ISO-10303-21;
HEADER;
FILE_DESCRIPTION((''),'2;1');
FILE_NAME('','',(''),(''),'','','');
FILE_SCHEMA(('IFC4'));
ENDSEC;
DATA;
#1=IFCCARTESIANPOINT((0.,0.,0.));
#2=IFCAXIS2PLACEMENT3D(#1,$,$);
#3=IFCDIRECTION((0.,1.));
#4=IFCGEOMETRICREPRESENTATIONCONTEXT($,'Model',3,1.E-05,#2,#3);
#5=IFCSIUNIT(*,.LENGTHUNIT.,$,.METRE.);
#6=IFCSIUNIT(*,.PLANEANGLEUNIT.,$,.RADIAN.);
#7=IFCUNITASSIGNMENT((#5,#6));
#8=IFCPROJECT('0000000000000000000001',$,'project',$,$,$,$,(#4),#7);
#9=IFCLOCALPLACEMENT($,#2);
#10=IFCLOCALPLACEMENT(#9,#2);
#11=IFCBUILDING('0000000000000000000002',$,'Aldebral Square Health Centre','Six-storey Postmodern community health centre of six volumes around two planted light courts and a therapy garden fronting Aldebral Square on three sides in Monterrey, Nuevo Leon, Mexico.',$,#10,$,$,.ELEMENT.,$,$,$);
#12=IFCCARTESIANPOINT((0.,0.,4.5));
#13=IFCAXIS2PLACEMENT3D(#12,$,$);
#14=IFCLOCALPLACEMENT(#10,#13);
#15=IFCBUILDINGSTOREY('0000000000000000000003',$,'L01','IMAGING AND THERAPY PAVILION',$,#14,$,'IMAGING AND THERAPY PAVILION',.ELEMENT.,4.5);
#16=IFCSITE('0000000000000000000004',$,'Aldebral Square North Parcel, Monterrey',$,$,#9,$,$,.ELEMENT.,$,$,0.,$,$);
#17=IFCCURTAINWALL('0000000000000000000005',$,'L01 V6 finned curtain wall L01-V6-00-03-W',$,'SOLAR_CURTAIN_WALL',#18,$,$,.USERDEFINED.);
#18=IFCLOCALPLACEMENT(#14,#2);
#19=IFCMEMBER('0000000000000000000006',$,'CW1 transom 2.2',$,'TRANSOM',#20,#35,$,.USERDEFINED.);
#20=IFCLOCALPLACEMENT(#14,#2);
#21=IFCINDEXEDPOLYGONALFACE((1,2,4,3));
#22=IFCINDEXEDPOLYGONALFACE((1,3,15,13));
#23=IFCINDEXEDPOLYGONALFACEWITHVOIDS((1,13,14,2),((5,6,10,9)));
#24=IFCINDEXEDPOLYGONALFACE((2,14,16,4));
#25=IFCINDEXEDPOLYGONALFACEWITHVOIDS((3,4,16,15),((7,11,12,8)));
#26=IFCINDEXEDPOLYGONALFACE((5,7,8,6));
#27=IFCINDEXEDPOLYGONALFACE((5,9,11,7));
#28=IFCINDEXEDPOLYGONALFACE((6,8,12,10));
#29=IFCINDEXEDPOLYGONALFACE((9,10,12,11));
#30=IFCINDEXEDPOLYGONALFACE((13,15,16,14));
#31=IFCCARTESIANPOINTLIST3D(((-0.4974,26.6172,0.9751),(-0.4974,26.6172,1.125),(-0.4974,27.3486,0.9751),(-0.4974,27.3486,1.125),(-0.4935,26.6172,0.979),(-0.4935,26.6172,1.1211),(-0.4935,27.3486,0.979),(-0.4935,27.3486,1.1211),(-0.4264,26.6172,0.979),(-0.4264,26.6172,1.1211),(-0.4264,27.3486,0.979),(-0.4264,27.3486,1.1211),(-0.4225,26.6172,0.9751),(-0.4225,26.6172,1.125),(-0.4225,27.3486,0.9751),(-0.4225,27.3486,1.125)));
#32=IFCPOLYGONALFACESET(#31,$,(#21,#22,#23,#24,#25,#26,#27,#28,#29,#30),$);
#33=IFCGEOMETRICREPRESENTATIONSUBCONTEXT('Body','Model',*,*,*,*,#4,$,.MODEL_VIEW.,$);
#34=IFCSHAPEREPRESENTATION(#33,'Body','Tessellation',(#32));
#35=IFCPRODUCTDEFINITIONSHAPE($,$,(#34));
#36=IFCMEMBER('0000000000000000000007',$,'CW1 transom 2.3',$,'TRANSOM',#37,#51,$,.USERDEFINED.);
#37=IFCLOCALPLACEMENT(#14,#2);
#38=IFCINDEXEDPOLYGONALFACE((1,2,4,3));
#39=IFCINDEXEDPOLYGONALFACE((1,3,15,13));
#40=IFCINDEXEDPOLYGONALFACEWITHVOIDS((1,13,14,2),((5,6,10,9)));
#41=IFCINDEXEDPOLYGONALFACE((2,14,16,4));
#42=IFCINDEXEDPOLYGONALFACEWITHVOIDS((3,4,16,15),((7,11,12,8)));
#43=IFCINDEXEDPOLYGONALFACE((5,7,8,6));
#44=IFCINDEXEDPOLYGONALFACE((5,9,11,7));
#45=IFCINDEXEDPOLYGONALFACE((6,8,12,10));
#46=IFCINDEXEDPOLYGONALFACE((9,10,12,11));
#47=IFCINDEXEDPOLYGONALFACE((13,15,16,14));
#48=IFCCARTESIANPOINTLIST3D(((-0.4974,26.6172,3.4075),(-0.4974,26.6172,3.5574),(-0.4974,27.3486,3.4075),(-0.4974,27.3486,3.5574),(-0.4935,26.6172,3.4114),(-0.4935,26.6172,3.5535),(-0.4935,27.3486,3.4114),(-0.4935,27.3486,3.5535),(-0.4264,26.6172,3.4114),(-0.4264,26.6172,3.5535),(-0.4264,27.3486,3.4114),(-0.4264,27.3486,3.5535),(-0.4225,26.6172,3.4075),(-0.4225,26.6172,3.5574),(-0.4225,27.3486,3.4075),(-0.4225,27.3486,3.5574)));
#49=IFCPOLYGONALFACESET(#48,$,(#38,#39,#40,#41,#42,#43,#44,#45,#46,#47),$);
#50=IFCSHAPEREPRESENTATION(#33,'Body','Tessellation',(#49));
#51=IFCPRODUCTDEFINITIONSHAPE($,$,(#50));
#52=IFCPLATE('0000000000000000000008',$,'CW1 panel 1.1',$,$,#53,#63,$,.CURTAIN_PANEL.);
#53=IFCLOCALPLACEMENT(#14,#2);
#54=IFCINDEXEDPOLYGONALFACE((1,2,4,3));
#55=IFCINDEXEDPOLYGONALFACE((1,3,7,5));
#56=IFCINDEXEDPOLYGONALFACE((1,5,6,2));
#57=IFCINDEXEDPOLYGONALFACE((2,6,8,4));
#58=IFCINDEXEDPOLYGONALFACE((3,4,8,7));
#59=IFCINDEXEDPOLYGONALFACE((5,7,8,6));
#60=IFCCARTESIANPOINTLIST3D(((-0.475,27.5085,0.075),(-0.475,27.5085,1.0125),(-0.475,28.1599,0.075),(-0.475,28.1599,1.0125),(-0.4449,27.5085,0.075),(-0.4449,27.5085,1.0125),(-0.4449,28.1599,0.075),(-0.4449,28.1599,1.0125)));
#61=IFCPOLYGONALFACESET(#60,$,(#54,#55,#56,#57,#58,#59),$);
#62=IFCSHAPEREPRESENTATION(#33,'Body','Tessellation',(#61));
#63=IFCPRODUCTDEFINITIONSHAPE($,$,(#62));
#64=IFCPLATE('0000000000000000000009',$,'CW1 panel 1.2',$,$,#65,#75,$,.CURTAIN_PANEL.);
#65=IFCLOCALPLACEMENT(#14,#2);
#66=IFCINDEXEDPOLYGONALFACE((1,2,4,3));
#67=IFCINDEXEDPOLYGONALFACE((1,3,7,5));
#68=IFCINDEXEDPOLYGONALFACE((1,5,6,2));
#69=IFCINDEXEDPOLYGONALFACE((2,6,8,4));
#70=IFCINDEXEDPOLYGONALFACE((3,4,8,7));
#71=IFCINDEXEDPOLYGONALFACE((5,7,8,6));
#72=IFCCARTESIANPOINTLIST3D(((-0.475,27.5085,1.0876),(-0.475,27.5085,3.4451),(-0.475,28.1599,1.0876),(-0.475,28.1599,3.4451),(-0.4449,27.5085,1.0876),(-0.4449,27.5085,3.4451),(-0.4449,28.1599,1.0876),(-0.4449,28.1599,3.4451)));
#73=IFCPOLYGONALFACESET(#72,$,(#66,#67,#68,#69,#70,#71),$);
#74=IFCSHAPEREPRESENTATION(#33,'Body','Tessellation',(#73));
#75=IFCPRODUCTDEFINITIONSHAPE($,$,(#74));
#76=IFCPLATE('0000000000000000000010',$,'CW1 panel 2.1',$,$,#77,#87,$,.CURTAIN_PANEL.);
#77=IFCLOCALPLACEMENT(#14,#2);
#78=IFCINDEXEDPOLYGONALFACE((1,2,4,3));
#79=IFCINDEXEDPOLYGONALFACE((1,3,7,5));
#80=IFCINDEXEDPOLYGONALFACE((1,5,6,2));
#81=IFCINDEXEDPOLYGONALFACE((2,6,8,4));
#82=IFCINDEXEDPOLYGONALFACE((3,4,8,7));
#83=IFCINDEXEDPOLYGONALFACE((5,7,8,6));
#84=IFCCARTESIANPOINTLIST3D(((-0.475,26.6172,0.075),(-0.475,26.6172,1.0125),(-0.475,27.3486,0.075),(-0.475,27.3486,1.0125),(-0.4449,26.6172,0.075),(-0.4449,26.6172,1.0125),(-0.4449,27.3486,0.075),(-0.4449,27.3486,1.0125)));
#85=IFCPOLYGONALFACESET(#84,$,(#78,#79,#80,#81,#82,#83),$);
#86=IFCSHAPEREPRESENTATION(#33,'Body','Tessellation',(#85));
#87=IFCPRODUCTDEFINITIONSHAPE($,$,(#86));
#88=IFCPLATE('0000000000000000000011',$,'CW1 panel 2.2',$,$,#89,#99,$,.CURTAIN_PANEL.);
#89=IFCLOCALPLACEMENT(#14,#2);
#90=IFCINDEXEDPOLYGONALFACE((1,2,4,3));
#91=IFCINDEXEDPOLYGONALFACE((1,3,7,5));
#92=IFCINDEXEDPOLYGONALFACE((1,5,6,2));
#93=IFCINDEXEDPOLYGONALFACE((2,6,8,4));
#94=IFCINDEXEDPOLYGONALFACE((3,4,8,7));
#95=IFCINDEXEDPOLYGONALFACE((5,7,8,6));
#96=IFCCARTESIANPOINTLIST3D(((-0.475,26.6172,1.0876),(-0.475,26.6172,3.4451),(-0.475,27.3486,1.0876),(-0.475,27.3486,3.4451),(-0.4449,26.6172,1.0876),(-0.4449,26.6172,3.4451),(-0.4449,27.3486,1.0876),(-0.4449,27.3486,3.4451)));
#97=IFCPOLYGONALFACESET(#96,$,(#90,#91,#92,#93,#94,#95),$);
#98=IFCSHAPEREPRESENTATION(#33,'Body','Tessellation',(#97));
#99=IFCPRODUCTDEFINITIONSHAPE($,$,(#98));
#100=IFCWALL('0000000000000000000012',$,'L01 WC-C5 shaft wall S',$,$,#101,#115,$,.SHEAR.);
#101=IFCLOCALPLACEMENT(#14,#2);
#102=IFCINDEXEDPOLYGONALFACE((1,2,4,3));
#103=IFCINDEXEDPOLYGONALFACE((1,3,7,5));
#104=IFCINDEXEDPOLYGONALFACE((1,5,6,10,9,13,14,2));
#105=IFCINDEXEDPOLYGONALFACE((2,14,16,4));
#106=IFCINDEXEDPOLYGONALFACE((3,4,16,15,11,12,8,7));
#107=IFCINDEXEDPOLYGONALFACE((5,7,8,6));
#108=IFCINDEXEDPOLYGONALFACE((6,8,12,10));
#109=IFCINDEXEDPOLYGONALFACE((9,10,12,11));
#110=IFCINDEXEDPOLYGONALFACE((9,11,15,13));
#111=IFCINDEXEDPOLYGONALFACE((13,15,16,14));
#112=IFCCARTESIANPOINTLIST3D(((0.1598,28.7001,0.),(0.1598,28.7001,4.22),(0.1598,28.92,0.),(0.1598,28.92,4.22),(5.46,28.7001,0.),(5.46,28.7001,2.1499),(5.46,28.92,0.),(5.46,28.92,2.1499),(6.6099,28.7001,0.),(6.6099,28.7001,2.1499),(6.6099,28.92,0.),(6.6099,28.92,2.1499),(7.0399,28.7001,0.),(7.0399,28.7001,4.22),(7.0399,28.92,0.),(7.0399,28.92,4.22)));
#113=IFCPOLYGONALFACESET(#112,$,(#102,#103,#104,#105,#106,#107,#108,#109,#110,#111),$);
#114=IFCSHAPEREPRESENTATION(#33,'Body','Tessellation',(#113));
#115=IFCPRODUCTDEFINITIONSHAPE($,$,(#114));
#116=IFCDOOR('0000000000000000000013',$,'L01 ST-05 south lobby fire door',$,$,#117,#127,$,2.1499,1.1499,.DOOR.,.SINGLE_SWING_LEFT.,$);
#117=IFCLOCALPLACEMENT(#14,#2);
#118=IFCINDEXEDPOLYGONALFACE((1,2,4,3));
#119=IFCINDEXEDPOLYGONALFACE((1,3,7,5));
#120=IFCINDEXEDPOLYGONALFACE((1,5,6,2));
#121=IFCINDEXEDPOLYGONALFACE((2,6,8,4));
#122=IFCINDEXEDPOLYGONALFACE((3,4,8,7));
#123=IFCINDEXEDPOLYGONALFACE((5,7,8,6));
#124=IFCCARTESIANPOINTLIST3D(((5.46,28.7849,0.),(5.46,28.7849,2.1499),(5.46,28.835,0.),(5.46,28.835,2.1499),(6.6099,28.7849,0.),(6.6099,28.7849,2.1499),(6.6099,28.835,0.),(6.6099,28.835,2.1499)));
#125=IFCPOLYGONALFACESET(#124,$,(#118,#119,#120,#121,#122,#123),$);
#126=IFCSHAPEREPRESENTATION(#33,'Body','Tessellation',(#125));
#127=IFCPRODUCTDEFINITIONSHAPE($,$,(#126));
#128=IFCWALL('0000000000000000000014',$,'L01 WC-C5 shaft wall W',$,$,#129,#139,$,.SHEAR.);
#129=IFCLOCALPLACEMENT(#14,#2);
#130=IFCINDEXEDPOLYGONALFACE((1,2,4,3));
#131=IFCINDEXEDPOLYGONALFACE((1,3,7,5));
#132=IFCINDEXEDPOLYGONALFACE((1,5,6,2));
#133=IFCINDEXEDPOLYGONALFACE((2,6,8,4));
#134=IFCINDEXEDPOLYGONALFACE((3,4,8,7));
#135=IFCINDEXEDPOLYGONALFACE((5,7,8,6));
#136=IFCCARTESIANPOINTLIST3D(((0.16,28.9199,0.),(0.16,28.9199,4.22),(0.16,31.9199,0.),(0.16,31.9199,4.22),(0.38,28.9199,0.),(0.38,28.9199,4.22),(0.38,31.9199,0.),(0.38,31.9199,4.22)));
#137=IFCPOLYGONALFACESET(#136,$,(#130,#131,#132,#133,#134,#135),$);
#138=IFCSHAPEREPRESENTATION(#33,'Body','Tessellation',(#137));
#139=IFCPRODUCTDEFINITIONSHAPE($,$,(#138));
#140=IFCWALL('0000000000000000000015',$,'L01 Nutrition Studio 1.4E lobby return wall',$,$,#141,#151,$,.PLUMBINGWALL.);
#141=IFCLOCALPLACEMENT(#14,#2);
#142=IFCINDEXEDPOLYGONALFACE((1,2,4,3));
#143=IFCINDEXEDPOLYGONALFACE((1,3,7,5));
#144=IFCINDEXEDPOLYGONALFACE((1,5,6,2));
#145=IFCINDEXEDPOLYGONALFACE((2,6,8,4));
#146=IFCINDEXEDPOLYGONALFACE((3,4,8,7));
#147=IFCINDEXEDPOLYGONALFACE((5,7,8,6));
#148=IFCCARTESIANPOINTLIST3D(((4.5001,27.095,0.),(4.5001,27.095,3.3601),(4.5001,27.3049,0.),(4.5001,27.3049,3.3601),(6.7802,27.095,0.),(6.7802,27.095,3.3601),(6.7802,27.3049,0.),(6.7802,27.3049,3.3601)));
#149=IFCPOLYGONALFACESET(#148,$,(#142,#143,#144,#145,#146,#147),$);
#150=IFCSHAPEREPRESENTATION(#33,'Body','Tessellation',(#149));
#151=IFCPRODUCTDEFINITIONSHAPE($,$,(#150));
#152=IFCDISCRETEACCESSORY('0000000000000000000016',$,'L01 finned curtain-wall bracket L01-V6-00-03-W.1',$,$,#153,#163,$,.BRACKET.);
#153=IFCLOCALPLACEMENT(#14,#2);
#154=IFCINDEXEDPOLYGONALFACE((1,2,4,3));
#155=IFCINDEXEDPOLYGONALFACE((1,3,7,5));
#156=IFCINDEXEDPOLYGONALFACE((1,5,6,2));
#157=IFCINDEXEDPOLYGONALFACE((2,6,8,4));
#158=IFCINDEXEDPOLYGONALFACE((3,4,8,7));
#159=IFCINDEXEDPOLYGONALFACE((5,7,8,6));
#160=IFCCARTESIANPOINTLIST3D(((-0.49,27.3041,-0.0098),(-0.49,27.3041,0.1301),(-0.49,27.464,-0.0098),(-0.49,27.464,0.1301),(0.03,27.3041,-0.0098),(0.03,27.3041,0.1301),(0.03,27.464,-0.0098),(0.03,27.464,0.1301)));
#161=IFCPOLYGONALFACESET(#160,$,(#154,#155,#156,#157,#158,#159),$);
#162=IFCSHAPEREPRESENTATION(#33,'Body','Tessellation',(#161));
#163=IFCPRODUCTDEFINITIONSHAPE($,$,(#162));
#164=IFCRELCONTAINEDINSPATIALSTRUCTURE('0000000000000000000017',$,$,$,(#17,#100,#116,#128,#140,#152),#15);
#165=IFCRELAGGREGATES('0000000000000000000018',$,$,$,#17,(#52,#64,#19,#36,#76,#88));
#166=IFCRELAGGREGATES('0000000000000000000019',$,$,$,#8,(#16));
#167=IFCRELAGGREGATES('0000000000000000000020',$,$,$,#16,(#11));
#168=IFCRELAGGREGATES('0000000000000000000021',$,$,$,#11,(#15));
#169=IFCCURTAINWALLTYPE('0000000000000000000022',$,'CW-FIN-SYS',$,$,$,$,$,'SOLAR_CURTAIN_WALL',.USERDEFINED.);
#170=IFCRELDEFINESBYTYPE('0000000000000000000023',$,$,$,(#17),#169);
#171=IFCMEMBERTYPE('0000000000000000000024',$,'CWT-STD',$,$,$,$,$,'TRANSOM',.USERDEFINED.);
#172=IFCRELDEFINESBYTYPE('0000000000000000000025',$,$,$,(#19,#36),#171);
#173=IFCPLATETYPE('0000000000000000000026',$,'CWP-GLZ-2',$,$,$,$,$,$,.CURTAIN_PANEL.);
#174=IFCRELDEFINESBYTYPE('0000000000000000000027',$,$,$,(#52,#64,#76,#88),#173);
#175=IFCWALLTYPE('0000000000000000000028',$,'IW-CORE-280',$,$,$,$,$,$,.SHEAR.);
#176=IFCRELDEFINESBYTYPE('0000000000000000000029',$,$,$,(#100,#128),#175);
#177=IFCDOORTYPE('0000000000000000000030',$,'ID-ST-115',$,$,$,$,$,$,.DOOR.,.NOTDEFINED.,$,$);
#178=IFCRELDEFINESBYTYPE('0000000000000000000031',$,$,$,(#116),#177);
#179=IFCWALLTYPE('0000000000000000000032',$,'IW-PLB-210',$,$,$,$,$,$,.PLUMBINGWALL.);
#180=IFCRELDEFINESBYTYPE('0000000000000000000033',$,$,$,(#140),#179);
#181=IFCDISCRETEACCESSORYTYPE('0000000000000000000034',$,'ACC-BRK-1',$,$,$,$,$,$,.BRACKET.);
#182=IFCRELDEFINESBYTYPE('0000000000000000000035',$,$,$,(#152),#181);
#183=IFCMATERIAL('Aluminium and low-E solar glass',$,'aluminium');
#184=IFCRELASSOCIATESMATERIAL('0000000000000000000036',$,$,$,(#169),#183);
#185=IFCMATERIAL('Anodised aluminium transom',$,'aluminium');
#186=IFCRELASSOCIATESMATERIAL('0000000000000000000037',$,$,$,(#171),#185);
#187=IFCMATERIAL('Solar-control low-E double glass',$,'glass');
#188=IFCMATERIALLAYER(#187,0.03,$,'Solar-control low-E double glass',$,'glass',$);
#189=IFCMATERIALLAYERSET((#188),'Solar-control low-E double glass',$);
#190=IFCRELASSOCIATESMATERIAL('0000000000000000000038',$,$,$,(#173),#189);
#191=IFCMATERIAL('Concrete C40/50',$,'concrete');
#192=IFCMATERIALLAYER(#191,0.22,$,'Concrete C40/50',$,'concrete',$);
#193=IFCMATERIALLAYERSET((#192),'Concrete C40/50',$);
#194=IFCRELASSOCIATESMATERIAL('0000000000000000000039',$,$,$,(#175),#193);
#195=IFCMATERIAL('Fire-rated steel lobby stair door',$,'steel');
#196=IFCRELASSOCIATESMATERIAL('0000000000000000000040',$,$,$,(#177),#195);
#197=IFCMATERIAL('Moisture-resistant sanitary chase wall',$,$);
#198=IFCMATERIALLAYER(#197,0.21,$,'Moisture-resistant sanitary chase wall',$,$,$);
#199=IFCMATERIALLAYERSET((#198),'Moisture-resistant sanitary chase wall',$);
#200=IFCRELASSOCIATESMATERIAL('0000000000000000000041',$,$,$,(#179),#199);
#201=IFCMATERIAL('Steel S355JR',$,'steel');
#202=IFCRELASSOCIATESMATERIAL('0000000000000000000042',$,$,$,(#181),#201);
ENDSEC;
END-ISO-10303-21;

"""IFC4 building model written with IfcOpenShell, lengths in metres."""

from ifc_helpers import new_model, si_unit, direction, frame, frame_2d, origin, origin_2d, place, context, subcontext, project, spatial, rectangle, hollow_rectangle, extrude, material, layer, layer_set, material_profile, profile_set, type_object, element, fill, aggregate, save


model = new_model("IFC4")

# Units and contexts
model_context = context("Model", 3, precision=1e-05, world=origin(), true_north=direction((0.0, 1.0)))
body_context = subcontext(model_context, "Body", "Model", "MODEL_VIEW")
ifc_project = project(units=[si_unit("LENGTHUNIT", "METRE"), si_unit("PLANEANGLEUNIT", "RADIAN")], contexts=[model_context])

# Site, building, storey
site_placement = place(None, origin())
site = spatial("IfcSite", under=ifc_project, at=site_placement, Name="Aldebral Square North Parcel, Monterrey", CompositionType="ELEMENT", RefElevation=0.0)
building_placement = place(site_placement, origin())
building = spatial("IfcBuilding", under=site, at=building_placement, Name="Aldebral Square Health Centre", Description="Six-storey Postmodern community health centre of six volumes around two planted light courts and a therapy garden fronting Aldebral Square on three sides in Monterrey, Nuevo Leon, Mexico.", CompositionType="ELEMENT")
storey_placement = place(building_placement, frame((0.0, 0.0, 4.5)))
storey = spatial("IfcBuildingStorey", under=building, at=storey_placement, Name="L01", Description="IMAGING AND THERAPY PAVILION", LongName="IMAGING AND THERAPY PAVILION", CompositionType="ELEMENT", Elevation=4.5)

# Shared definitions
ifc_material_1 = material(Name="Concrete C40/50", Category="concrete")

# Curtain wall, members, plates
ifc_material_2 = material(Name="Aluminium and low-E solar glass", Category="aluminium")
curtain_wall_type = type_object("IfcCurtainWallType", Name="CW-FIN-SYS", ElementType="SOLAR_CURTAIN_WALL", PredefinedType="USERDEFINED", material=ifc_material_2)
curtain_wall_placement = place(storey_placement, origin())
curtain_wall = element("IfcCurtainWall", 1, at=curtain_wall_placement, inside=storey, type_object=curtain_wall_type, Name="L01 V6 finned curtain wall L01-V6-00-03-W", ObjectType="SOLAR_CURTAIN_WALL", PredefinedType="USERDEFINED")
ifc_material_3 = material(Name="Anodised aluminium transom", Category="aluminium")
ifc_material_profile_1 = material_profile(ifc_material_3, hollow_rectangle(XDim=0.075, YDim=0.1499, WallThickness=0.0039, at=origin_2d()), Name="CWT 75x150x4")
ifc_profile_set_1 = profile_set([ifc_material_profile_1], Name="Anodised aluminium transom")
member_type_1 = type_object("IfcMemberType", Name="CWT-STD", ElementType="TRANSOM", PredefinedType="USERDEFINED", material=ifc_profile_set_1)
member_1_placement = place(storey_placement, frame((-0.46, 27.3486, 1.05), z_axis=(0.0, -1.0, 0.0), x_axis=(1.0, 0.0, 0.0)))
member_1 = element("IfcMember", 2, at=member_1_placement, type_object=member_type_1, Name="CW1 transom 2.2", ObjectType="TRANSOM", PredefinedType="USERDEFINED", context=body_context, shape_type="SweptSolid", body=[
    extrude(hollow_rectangle(XDim=0.075, YDim=0.1499, WallThickness=0.0039, at=origin_2d()), origin(), (0.0, 0.0, 1.0), 0.7314),
])
member_2_placement = place(storey_placement, frame((-0.46, 27.3486, 3.4824), z_axis=(0.0, -1.0, 0.0), x_axis=(1.0, 0.0, 0.0)))
member_2 = element("IfcMember", 3, at=member_2_placement, type_object=member_type_1, Name="CW1 transom 2.3", ObjectType="TRANSOM", PredefinedType="USERDEFINED", context=body_context, shape_type="SweptSolid", body=[
    extrude(hollow_rectangle(XDim=0.075, YDim=0.1499, WallThickness=0.0039, at=origin_2d()), origin(), (0.0, 0.0, 1.0), 0.7314),
])
ifc_material_4 = material(Name="Solar-control low-E double glass", Category="glass")
ifc_layer_1 = layer(ifc_material_4, 0.03, Name="Solar-control low-E double glass", Category="glass")
ifc_layer_set_1 = layer_set([ifc_layer_1], Name="Solar-control low-E double glass")
plate_type = type_object("IfcPlateType", Name="CWP-GLZ-2", PredefinedType="CURTAIN_PANEL", material=ifc_layer_set_1)
plate_1_placement = place(storey_placement, frame((-0.46, 27.8342, 0.075), z_axis=(0.0, 0.0, 1.0), x_axis=(0.0, -1.0, 0.0)))
plate_1 = element("IfcPlate", 4, at=plate_1_placement, type_object=plate_type, Name="CW1 panel 1.1", PredefinedType="CURTAIN_PANEL", context=body_context, shape_type="SweptSolid", body=[
    extrude(rectangle(XDim=0.6514, YDim=0.03, at=origin_2d()), origin(), (0.0, 0.0, 1.0), 0.9375),
])
plate_2_placement = place(storey_placement, frame((-0.46, 27.8342, 1.0876), z_axis=(0.0, 0.0, 1.0), x_axis=(0.0, -1.0, 0.0)))
plate_2 = element("IfcPlate", 5, at=plate_2_placement, type_object=plate_type, Name="CW1 panel 1.2", PredefinedType="CURTAIN_PANEL", context=body_context, shape_type="SweptSolid", body=[
    extrude(rectangle(XDim=0.6514, YDim=0.03, at=origin_2d()), origin(), (0.0, 0.0, 1.0), 2.3574),
])
plate_3_placement = place(storey_placement, frame((-0.46, 26.9829, 0.075), z_axis=(0.0, 0.0, 1.0), x_axis=(0.0, -1.0, 0.0)))
plate_3 = element("IfcPlate", 6, at=plate_3_placement, type_object=plate_type, Name="CW1 panel 2.1", PredefinedType="CURTAIN_PANEL", context=body_context, shape_type="SweptSolid", body=[
    extrude(rectangle(XDim=0.7314, YDim=0.03, at=origin_2d()), origin(), (0.0, 0.0, 1.0), 0.9375),
])
plate_4_placement = place(storey_placement, frame((-0.46, 26.9829, 1.0876), z_axis=(0.0, 0.0, 1.0), x_axis=(0.0, -1.0, 0.0)))
plate_4 = element("IfcPlate", 7, at=plate_4_placement, type_object=plate_type, Name="CW1 panel 2.2", PredefinedType="CURTAIN_PANEL", context=body_context, shape_type="SweptSolid", body=[
    extrude(rectangle(XDim=0.7314, YDim=0.03, at=origin_2d()), origin(), (0.0, 0.0, 1.0), 2.3574),
])
aggregate(curtain_wall, [plate_1, plate_2, member_1, member_2, plate_3, plate_4])

# Wall, opening, door
ifc_layer_2 = layer(ifc_material_1, 0.22, Name="Concrete C40/50", Category="concrete")
ifc_layer_set_2 = layer_set([ifc_layer_2], Name="Concrete C40/50")
wall_type_1 = type_object("IfcWallType", Name="IW-CORE-280", PredefinedType="SHEAR", material=ifc_layer_set_2)
wall_1_placement = place(storey_placement, frame((0.1599, 28.8101, 0.0), z_axis=(0.0, 0.0, 1.0), x_axis=(1.0, 0.0, 0.0)))
wall_1 = element("IfcWall", 8, at=wall_1_placement, inside=storey, type_object=wall_type_1, Name="L01 WC-C5 shaft wall S", PredefinedType="SHEAR", context=body_context, shape_type="SweptSolid", body=[
    extrude(rectangle(XDim=6.8801, YDim=0.22, at=frame_2d((3.4399, 0.0))), origin(), (0.0, 0.0, 1.0), 4.22),
])
opening_placement = place(wall_1_placement, frame((5.3, 0.0, 0.0)))
opening = element("IfcOpeningElement", 9, at=opening_placement, cuts=wall_1, PredefinedType="OPENING", context=body_context, shape_type="SweptSolid", body=[
    extrude(rectangle(XDim=1.1499, YDim=2.1499, at=frame_2d((0.575, 1.075))), frame((0.0, 0.1201, 0.0), z_axis=(0.0, -1.0, 0.0), x_axis=(1.0, 0.0, 0.0)), (0.0, 0.0, 1.0), 0.24),
])
ifc_material_5 = material(Name="Fire-rated steel lobby stair door", Category="steel")
door_type = type_object("IfcDoorType", Name="ID-ST-115", OperationType="NOTDEFINED", PredefinedType="DOOR", material=ifc_material_5)
door_placement = place(opening_placement, origin())
door = element("IfcDoor", 10, at=door_placement, inside=storey, type_object=door_type, Name="L01 ST-05 south lobby fire door", OperationType="SINGLE_SWING_LEFT", OverallHeight=2.1499, OverallWidth=1.1499, PredefinedType="DOOR", context=body_context, shape_type="SweptSolid", body=[
    extrude(rectangle(XDim=1.1499, YDim=2.1499, at=frame_2d((0.575, 1.075))), frame((0.0, 0.0249, 0.0), z_axis=(0.0, -1.0, 0.0), x_axis=(1.0, 0.0, 0.0)), (0.0, 0.0, 1.0), 0.05),
])
fill(opening, door)

# Walls
wall_2_placement = place(storey_placement, frame((0.27, 28.9199, 0.0), z_axis=(0.0, 0.0, 1.0), x_axis=(0.0, 1.0, 0.0)))
element("IfcWall", 11, at=wall_2_placement, inside=storey, type_object=wall_type_1, Name="L01 WC-C5 shaft wall W", PredefinedType="SHEAR", context=body_context, shape_type="SweptSolid", body=[
    extrude(rectangle(XDim=3.0, YDim=0.22, at=frame_2d((1.5, 0.0))), origin(), (0.0, 0.0, 1.0), 4.22),
])
ifc_material_6 = material(Name="Moisture-resistant sanitary chase wall")
ifc_layer_3 = layer(ifc_material_6, 0.21, Name="Moisture-resistant sanitary chase wall")
ifc_layer_set_3 = layer_set([ifc_layer_3], Name="Moisture-resistant sanitary chase wall")
wall_type_2 = type_object("IfcWallType", Name="IW-PLB-210", PredefinedType="PLUMBINGWALL", material=ifc_layer_set_3)
wall_3_placement = place(storey_placement, frame((4.5, 27.2, 0.0), z_axis=(0.0, 0.0, 1.0), x_axis=(1.0, 0.0, 0.0)))
element("IfcWall", 12, at=wall_3_placement, inside=storey, type_object=wall_type_2, Name="L01 Nutrition Studio 1.4E lobby return wall", PredefinedType="PLUMBINGWALL", context=body_context, shape_type="SweptSolid", body=[
    extrude(rectangle(XDim=2.28, YDim=0.21, at=frame_2d((1.1401, 0.0))), origin(), (0.0, 0.0, 1.0), 3.3601),
])

# Discrete accessory
ifc_material_7 = material(Name="Steel S355JR", Category="steel")
discrete_accessory_type = type_object("IfcDiscreteAccessoryType", Name="ACC-BRK-1", PredefinedType="BRACKET", material=ifc_material_7)
discrete_accessory_placement = place(storey_placement, frame((-0.23, 27.384, -0.0098), z_axis=(0.0, 0.0, 1.0), x_axis=(0.0, 1.0, 0.0)))
element("IfcDiscreteAccessory", 13, at=discrete_accessory_placement, inside=storey, type_object=discrete_accessory_type, Name="L01 finned curtain-wall bracket L01-V6-00-03-W.1", PredefinedType="BRACKET", context=body_context, shape_type="SweptSolid", body=[
    extrude(rectangle(XDim=0.1599, YDim=0.52, at=origin_2d()), origin(), (0.0, 0.0, 1.0), 0.1399),
])

save(model, "model.ifc")
